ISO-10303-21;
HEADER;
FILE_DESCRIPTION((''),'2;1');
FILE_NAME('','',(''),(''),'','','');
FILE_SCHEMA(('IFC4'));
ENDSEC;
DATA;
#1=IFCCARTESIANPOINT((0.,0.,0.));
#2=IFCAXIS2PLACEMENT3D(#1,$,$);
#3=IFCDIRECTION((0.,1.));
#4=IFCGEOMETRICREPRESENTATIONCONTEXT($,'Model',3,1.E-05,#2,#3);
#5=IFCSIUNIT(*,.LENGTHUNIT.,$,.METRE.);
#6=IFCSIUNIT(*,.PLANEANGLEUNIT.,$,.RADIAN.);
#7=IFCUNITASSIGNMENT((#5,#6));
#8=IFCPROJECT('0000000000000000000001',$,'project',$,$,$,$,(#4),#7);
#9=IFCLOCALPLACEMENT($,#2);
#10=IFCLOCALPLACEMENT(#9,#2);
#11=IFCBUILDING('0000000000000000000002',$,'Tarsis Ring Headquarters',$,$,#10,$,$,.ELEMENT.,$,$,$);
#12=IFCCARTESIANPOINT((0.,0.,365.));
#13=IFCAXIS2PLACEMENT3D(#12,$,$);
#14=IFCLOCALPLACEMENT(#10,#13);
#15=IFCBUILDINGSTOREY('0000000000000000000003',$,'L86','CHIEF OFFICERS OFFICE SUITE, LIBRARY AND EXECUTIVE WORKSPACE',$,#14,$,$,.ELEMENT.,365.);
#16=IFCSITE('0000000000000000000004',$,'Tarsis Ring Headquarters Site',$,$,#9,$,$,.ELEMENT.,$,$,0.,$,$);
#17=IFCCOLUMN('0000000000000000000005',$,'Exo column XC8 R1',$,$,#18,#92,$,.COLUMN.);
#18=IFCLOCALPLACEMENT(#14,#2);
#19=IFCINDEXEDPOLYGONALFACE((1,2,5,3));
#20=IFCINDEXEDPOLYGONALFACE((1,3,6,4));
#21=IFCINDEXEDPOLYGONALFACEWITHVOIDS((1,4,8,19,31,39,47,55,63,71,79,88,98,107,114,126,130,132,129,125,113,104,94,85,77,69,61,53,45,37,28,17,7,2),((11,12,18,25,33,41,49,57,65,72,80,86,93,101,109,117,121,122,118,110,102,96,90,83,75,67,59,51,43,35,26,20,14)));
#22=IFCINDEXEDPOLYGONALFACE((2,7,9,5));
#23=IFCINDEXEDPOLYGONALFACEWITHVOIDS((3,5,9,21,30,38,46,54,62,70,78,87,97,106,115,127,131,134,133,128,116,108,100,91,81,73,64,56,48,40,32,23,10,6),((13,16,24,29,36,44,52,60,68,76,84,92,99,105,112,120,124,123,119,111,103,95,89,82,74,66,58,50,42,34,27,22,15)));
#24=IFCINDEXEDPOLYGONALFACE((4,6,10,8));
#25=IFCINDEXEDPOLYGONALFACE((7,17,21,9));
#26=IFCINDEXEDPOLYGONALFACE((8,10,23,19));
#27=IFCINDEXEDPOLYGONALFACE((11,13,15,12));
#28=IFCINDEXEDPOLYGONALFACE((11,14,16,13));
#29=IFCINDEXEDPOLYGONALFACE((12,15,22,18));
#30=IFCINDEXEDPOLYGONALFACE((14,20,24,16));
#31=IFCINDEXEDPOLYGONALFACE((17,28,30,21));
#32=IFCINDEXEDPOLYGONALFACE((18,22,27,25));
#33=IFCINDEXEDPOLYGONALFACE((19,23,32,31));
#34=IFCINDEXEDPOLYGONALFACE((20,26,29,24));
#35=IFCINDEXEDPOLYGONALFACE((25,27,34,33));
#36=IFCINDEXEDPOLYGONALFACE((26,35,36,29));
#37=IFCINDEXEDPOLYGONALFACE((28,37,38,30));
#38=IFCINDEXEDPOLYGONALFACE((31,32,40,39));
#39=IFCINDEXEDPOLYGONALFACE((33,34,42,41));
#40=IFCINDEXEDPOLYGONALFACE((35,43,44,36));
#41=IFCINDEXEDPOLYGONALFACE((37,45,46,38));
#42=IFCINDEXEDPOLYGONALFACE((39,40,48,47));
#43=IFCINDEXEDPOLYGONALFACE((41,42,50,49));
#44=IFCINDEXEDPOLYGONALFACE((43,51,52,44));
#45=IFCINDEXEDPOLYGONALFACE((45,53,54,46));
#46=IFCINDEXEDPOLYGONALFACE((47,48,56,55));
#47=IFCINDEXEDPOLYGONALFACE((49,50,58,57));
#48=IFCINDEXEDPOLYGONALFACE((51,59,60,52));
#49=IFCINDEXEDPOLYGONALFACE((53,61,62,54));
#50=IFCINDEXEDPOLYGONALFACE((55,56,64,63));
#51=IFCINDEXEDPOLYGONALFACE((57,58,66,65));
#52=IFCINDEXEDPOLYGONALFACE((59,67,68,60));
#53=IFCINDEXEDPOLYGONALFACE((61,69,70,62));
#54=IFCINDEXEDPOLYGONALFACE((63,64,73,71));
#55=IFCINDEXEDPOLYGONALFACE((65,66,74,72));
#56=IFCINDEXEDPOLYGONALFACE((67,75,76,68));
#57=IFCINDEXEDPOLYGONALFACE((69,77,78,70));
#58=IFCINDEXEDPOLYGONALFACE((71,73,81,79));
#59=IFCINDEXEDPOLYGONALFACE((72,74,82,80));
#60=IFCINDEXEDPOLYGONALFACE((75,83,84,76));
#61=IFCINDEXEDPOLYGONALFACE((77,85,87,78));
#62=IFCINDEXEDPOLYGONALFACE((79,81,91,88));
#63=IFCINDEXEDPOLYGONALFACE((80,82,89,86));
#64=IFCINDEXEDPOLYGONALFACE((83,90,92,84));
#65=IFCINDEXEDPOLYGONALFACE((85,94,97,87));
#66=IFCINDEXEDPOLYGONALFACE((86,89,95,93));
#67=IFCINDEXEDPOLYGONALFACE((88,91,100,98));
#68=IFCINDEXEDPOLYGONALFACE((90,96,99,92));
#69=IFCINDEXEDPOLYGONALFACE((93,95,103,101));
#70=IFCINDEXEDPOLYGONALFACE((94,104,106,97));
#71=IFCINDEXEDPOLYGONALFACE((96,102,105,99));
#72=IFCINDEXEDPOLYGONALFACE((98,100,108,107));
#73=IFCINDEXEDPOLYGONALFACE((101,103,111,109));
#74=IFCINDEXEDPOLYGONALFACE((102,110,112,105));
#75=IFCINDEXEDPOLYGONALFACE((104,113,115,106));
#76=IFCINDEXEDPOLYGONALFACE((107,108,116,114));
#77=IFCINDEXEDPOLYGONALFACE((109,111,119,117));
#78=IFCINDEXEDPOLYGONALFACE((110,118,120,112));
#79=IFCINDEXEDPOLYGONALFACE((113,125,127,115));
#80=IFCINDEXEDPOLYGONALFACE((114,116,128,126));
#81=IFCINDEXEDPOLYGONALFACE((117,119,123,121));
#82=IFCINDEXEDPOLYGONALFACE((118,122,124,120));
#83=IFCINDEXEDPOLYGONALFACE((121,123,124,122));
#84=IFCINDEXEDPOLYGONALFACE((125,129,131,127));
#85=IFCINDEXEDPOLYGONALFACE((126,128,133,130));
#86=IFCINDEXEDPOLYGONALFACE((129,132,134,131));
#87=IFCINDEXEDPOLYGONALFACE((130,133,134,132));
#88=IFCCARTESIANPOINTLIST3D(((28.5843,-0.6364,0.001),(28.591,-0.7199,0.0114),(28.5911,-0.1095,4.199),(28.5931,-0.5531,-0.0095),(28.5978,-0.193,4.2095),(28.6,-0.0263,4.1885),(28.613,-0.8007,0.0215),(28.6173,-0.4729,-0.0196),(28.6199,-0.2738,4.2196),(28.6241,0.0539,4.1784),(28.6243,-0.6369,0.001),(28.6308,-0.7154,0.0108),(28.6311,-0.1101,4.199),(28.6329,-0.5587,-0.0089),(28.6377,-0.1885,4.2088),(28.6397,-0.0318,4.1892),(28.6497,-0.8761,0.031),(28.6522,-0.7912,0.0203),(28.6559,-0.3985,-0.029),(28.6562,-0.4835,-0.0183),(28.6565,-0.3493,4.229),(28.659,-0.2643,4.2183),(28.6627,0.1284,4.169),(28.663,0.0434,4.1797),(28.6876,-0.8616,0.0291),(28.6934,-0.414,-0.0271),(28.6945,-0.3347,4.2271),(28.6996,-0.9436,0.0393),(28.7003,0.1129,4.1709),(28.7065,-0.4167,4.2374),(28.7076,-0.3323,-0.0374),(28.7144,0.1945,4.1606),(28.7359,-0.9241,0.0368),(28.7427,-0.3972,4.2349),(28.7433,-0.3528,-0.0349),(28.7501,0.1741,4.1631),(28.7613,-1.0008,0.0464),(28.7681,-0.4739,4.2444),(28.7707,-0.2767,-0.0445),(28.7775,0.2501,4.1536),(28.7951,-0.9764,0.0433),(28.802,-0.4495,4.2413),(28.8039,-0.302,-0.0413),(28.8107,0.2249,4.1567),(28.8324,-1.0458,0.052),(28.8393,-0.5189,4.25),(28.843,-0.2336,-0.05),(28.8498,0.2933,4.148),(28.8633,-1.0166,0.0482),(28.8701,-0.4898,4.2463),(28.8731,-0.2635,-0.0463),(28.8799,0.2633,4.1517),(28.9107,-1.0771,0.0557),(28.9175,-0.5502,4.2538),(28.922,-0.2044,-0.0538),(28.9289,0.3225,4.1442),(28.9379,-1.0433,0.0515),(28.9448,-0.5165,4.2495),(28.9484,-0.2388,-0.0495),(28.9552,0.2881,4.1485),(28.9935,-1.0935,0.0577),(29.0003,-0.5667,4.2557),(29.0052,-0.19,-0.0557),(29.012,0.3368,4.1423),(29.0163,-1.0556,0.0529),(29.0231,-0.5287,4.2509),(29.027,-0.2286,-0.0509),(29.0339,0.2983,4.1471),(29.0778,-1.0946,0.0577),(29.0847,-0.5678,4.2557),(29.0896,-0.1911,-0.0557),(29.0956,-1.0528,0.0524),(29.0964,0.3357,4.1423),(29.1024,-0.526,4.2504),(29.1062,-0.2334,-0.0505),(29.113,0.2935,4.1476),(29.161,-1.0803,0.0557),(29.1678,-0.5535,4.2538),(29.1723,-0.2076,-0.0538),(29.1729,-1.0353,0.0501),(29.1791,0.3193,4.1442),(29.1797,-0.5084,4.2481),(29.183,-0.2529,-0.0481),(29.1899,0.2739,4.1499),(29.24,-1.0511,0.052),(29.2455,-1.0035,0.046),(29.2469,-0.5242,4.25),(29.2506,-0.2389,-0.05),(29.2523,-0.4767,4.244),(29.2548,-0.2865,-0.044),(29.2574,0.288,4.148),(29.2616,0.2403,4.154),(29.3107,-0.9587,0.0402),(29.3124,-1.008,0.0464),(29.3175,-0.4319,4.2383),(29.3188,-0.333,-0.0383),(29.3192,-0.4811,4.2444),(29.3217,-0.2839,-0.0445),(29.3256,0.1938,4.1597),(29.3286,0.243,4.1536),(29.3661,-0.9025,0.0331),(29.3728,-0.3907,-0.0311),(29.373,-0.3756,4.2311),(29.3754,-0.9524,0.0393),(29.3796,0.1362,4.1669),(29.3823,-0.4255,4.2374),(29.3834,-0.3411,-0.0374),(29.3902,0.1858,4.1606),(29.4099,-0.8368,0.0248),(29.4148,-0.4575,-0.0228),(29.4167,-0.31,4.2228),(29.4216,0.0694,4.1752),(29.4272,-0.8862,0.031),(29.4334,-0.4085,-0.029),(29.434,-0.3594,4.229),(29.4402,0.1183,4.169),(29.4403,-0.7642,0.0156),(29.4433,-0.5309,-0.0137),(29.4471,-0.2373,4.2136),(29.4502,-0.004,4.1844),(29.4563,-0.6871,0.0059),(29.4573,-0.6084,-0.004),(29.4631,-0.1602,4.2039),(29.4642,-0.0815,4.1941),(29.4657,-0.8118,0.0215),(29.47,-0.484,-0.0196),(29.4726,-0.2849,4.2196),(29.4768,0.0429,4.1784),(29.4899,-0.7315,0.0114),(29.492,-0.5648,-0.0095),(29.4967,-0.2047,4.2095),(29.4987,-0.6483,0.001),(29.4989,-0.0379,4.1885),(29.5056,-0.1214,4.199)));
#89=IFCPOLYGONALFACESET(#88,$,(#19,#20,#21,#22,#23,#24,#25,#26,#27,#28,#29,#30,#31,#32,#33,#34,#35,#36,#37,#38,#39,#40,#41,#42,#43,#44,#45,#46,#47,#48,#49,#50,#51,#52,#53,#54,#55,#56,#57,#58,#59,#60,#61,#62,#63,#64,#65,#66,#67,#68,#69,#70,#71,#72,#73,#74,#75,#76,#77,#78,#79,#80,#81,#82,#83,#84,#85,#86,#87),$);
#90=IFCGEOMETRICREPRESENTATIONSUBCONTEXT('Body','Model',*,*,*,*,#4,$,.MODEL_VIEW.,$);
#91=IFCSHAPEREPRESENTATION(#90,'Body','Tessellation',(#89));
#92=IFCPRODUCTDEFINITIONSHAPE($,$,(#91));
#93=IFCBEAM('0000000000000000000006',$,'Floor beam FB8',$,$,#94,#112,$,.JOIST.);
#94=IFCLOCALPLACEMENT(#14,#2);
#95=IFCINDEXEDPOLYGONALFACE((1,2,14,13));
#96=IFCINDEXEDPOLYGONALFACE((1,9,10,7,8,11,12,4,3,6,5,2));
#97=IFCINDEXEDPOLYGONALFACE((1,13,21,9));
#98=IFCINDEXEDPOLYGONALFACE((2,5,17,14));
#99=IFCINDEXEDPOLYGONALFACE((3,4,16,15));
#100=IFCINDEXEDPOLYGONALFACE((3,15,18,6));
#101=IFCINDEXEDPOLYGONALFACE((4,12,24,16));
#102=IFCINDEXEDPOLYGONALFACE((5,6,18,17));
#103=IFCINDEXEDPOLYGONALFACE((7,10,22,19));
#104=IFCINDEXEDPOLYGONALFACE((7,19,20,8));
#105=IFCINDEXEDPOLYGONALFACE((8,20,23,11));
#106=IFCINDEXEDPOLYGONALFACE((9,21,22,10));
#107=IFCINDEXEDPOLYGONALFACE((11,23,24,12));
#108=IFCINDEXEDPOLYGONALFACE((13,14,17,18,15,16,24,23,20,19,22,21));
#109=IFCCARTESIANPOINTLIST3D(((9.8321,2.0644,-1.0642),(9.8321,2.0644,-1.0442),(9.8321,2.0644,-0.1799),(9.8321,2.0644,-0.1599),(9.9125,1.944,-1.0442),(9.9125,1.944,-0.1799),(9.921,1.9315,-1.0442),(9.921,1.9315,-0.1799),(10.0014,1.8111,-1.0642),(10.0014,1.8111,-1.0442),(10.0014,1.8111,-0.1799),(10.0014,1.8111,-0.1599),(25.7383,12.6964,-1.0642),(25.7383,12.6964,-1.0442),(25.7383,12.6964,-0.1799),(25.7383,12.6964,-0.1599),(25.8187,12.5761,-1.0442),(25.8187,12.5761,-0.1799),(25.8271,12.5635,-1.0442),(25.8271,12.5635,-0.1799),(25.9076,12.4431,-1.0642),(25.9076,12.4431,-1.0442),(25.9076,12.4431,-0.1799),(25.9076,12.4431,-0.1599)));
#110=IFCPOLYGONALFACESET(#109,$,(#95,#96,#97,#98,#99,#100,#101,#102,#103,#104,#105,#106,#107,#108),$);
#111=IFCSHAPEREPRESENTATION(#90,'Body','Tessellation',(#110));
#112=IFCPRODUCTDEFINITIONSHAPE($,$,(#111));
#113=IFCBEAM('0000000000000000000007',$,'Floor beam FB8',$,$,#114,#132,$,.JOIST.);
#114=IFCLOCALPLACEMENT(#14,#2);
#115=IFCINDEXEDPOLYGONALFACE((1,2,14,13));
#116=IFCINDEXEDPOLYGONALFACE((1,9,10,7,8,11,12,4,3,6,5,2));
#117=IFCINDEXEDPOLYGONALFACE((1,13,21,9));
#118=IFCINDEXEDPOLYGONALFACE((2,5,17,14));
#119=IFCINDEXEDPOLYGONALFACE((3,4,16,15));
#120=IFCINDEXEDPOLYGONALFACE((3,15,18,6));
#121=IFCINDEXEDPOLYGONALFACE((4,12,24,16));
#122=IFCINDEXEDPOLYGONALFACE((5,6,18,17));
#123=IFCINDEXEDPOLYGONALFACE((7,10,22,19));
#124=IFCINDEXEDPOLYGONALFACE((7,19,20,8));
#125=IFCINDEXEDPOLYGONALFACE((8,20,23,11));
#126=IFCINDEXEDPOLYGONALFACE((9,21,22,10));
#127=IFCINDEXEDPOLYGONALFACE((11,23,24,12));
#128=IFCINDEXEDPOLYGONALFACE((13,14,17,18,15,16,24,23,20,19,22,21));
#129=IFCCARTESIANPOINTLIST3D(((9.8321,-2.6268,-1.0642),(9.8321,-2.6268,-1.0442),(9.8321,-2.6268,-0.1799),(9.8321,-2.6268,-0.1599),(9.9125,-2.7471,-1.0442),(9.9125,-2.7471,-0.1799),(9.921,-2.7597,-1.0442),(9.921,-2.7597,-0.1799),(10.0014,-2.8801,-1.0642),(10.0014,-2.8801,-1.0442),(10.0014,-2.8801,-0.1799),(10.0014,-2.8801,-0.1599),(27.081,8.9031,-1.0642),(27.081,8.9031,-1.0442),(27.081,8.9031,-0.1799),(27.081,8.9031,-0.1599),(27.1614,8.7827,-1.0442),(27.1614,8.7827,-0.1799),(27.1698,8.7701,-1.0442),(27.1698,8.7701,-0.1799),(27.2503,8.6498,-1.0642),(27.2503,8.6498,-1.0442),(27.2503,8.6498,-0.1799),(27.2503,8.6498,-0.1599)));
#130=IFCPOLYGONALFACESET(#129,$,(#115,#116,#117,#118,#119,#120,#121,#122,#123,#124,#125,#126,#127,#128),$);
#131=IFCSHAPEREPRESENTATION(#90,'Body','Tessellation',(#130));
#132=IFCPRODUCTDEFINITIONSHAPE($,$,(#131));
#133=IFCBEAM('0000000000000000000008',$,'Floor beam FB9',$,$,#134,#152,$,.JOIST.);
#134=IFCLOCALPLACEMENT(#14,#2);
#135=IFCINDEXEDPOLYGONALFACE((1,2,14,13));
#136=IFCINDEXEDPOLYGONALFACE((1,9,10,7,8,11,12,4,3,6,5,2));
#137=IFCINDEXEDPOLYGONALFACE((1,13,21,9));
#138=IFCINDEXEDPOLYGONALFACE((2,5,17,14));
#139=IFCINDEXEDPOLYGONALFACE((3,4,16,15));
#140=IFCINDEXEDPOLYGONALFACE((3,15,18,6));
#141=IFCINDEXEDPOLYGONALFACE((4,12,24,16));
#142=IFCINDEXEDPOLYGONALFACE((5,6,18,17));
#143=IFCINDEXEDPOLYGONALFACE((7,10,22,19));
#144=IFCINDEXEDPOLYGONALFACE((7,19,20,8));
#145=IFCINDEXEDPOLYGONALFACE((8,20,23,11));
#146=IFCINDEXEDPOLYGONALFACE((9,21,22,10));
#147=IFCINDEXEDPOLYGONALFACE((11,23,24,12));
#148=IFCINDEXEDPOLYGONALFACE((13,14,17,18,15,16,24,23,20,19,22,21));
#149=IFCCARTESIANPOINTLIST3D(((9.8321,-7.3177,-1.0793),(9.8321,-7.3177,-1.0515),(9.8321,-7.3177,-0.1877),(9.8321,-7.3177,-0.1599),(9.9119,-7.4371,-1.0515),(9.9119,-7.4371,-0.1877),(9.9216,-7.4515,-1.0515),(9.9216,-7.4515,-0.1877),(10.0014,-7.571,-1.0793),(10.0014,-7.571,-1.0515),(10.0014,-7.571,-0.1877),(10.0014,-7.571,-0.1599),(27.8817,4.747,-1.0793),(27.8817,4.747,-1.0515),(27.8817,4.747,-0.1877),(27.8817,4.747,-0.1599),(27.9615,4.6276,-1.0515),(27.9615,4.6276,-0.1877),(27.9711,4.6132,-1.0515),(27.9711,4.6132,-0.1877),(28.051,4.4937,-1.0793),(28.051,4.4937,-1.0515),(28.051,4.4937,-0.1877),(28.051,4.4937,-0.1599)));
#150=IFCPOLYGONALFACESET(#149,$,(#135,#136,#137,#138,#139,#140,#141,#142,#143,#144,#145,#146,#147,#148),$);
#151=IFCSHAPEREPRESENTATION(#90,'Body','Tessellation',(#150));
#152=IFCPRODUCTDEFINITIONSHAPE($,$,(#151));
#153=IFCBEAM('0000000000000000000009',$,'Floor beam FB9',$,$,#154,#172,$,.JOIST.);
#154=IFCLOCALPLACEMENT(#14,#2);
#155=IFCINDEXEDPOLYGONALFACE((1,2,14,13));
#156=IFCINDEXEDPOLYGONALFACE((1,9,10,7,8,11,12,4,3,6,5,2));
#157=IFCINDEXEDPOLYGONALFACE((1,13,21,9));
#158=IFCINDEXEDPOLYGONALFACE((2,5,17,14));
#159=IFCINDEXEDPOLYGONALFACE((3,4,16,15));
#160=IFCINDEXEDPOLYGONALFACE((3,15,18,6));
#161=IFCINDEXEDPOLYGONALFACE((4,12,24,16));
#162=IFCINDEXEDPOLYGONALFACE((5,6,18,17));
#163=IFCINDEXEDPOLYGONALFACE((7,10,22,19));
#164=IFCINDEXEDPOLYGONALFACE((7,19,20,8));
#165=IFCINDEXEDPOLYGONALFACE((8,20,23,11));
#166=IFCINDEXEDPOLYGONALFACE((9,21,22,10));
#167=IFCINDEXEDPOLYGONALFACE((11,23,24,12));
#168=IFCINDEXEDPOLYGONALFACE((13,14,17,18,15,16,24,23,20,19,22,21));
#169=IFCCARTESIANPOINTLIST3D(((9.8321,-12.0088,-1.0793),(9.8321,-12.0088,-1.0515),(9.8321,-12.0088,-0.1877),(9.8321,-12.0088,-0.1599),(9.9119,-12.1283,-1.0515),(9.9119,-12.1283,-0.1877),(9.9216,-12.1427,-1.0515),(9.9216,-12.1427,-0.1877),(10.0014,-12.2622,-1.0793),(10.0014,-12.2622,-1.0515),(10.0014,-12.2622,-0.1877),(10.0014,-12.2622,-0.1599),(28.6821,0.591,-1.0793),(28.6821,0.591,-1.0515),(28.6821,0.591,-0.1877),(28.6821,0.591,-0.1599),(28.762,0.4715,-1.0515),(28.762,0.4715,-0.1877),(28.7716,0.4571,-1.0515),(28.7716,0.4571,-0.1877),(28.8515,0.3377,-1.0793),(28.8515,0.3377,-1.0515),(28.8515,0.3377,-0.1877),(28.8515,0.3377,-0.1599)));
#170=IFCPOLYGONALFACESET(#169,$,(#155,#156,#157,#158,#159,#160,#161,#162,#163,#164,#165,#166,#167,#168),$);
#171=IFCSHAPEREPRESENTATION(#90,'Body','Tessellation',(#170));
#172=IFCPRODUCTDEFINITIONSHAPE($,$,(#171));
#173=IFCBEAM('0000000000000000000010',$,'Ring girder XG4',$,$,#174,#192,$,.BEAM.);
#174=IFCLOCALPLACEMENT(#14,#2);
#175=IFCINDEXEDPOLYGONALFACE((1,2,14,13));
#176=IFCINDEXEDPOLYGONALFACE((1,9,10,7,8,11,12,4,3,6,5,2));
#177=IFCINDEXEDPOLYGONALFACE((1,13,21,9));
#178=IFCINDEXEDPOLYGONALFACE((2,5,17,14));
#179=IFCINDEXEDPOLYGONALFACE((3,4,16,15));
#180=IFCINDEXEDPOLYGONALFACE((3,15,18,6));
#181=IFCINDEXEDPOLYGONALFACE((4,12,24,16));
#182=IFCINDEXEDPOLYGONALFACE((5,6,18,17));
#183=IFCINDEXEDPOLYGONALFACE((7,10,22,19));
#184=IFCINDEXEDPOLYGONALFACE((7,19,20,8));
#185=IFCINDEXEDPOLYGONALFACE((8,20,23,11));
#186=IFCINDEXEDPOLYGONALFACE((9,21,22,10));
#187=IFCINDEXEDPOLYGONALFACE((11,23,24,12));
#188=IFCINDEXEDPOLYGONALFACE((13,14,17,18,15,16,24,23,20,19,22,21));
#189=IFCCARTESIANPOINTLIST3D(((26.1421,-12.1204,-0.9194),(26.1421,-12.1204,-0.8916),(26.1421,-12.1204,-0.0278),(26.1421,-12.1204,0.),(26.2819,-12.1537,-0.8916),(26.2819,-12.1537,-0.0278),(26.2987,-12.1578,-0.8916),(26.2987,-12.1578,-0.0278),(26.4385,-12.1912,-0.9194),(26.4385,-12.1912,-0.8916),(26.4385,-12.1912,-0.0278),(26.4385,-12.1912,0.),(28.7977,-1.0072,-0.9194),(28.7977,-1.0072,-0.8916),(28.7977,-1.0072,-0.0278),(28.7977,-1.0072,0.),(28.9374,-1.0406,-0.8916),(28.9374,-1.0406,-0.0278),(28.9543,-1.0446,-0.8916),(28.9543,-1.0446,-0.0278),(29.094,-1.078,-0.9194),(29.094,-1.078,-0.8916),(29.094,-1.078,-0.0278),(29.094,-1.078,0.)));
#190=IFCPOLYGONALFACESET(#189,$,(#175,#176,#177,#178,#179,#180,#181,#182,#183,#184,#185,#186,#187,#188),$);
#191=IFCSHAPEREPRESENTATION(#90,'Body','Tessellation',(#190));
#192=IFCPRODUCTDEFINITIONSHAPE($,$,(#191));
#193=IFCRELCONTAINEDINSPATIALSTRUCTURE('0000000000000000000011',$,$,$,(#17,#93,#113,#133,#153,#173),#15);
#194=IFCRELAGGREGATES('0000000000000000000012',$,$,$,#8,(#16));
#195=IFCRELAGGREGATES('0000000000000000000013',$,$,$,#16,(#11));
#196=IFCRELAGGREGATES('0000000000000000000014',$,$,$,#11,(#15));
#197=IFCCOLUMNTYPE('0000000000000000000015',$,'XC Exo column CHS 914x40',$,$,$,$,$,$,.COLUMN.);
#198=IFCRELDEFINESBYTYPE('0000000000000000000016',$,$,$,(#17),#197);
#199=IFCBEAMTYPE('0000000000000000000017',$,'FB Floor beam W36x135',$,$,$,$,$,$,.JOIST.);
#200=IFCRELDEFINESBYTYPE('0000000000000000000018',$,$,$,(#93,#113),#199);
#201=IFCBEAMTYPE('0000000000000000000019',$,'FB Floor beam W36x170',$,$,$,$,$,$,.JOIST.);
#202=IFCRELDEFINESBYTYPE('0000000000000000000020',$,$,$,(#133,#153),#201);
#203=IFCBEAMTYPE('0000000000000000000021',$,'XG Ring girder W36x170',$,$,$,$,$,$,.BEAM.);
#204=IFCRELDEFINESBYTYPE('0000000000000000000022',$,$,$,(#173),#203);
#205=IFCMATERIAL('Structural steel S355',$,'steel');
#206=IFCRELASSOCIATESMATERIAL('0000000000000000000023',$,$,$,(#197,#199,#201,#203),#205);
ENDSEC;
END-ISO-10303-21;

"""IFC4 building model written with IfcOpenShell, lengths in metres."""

from ifc_helpers import new_model, si_unit, direction, frame, origin, origin_2d, place, context, subcontext, project, spatial, hollow_circle, i_section, extrude, material, material_profile, profile_set, type_object, element, save


model = new_model("IFC4")

# Units and contexts
model_context = context("Model", 3, precision=1e-05, world=origin(), true_north=direction((0.0, 1.0)))
body_context = subcontext(model_context, "Body", "Model", "MODEL_VIEW")
ifc_project = project(units=[si_unit("LENGTHUNIT", "METRE"), si_unit("PLANEANGLEUNIT", "RADIAN")], contexts=[model_context])

# Site, building, storey
site_placement = place(None, origin())
site = spatial("IfcSite", under=ifc_project, at=site_placement, Name="Tarsis Ring Headquarters Site", CompositionType="ELEMENT", RefElevation=0.0)
building_placement = place(site_placement, origin())
building = spatial("IfcBuilding", under=site, at=building_placement, Name="Tarsis Ring Headquarters", CompositionType="ELEMENT")
storey_placement = place(building_placement, frame((0.0, 0.0, 365.0)))
storey = spatial("IfcBuildingStorey", under=building, at=storey_placement, Name="L86", Description="CHIEF OFFICERS OFFICE SUITE, LIBRARY AND EXECUTIVE WORKSPACE", CompositionType="ELEMENT", Elevation=365.0)

# Column
ifc_material_1 = material(Name="Structural steel S355", Category="steel")
ifc_material_profile_1 = material_profile(ifc_material_1, hollow_circle(Radius=0.457, WallThickness=0.04, at=origin_2d()), Name="CHS 914x40")
ifc_profile_set_1 = profile_set([ifc_material_profile_1], Name="Structural steel S355")
column_type = type_object("IfcColumnType", Name="XC Exo column CHS 914x40", PredefinedType="COLUMN", material=ifc_profile_set_1)
column_placement = place(storey_placement, frame((29.0415, -0.6423, 0.001), z_axis=(0.001616, 0.124525, 0.992215), x_axis=(-0.999916, 0.012974, 0.0)))
element("IfcColumn", 1, at=column_placement, inside=storey, type_object=column_type, Name="Exo column XC8 R1", PredefinedType="COLUMN", context=body_context, shape_type="SweptSolid", body=[
    extrude(hollow_circle(Radius=0.4573, WallThickness=0.04, at=origin_2d()), origin(), (0.0, 0.0, 1.0), 4.231),
])

# Beams
ifc_material_profile_2 = material_profile(ifc_material_1, i_section(OverallWidth=0.3047, OverallDepth=0.9043, WebThickness=0.0151, FlangeThickness=0.02, at=origin_2d()), Name="W36x135")
ifc_profile_set_2 = profile_set([ifc_material_profile_2], Name="Structural steel S355")
beam_type_1 = type_object("IfcBeamType", Name="FB Floor beam W36x135", PredefinedType="JOIST", material=ifc_profile_set_2)
beam_1_placement = place(storey_placement, frame((9.9167, 1.9377, -0.6121), z_axis=(0.831376, 0.55571, 0.0), x_axis=(-0.55571, 0.831376, 0.0)))
element("IfcBeam", 2, at=beam_1_placement, inside=storey, type_object=beam_type_1, Name="Floor beam FB8", PredefinedType="JOIST", context=body_context, shape_type="SweptSolid", body=[
    extrude(i_section(OverallWidth=0.3047, OverallDepth=0.9043, WebThickness=0.0151, FlangeThickness=0.02, at=origin_2d()), origin(), (0.0, 0.0, 1.0), 19.1323),
])
beam_2_placement = place(storey_placement, frame((9.9167, -2.7534, -0.6121), z_axis=(0.831369, 0.555721, 0.0), x_axis=(-0.555721, 0.831369, 0.0)))
element("IfcBeam", 3, at=beam_2_placement, inside=storey, type_object=beam_type_1, Name="Floor beam FB8", PredefinedType="JOIST", context=body_context, shape_type="SweptSolid", body=[
    extrude(i_section(OverallWidth=0.3047, OverallDepth=0.9043, WebThickness=0.0151, FlangeThickness=0.02, at=origin_2d()), origin(), (0.0, 0.0, 1.0), 20.7476),
])
ifc_material_profile_3 = material_profile(ifc_material_1, i_section(OverallWidth=0.3047, OverallDepth=0.9194, WebThickness=0.0173, FlangeThickness=0.0278, at=origin_2d()), Name="W36x170")
ifc_profile_set_3 = profile_set([ifc_material_profile_3], Name="Structural steel S355")
beam_type_2 = type_object("IfcBeamType", Name="FB Floor beam W36x170", PredefinedType="JOIST", material=ifc_profile_set_3)
beam_3_placement = place(storey_placement, frame((9.9167, -7.4443, -0.6196), z_axis=(0.831377, 0.555709, 0.0), x_axis=(-0.555709, 0.831377, 0.0)))
element("IfcBeam", 4, at=beam_3_placement, inside=storey, type_object=beam_type_2, Name="Floor beam FB9", PredefinedType="JOIST", context=body_context, shape_type="SweptSolid", body=[
    extrude(i_section(OverallWidth=0.3047, OverallDepth=0.9194, WebThickness=0.0173, FlangeThickness=0.0278, at=origin_2d()), origin(), (0.0, 0.0, 1.0), 21.7104),
])
beam_4_placement = place(storey_placement, frame((9.9167, -12.1355, -0.6196), z_axis=(0.831375, 0.555711, 0.0), x_axis=(-0.555711, 0.831375, 0.0)))
element("IfcBeam", 5, at=beam_4_placement, inside=storey, type_object=beam_type_2, Name="Floor beam FB9", PredefinedType="JOIST", context=body_context, shape_type="SweptSolid", body=[
    extrude(i_section(OverallWidth=0.3047, OverallDepth=0.9194, WebThickness=0.0173, FlangeThickness=0.0278, at=origin_2d()), origin(), (0.0, 0.0, 1.0), 22.6733),
])
beam_type_3 = type_object("IfcBeamType", Name="XG Ring girder W36x170", PredefinedType="BEAM", material=ifc_profile_set_3)
for number, where, z_axis, x_axis, name in (
    (6, (26.2903, -12.1558, -0.4597), (0.232412, 0.972617, 0.0), (-0.972617, 0.232412, 0.0), "Ring girder XG4"),
):
    element("IfcBeam", number, at=place(storey_placement, frame(where, z_axis=z_axis, x_axis=x_axis)), inside=storey, type_object=beam_type_3, Name=name, PredefinedType="BEAM", context=body_context, shape_type="SweptSolid", body=[
        extrude(i_section(OverallWidth=0.3047, OverallDepth=0.9194, WebThickness=0.0173, FlangeThickness=0.0278, at=origin_2d()), origin(), (0.0, 0.0, 1.0), 11.426),
    ])

save(model, "model.ifc")
